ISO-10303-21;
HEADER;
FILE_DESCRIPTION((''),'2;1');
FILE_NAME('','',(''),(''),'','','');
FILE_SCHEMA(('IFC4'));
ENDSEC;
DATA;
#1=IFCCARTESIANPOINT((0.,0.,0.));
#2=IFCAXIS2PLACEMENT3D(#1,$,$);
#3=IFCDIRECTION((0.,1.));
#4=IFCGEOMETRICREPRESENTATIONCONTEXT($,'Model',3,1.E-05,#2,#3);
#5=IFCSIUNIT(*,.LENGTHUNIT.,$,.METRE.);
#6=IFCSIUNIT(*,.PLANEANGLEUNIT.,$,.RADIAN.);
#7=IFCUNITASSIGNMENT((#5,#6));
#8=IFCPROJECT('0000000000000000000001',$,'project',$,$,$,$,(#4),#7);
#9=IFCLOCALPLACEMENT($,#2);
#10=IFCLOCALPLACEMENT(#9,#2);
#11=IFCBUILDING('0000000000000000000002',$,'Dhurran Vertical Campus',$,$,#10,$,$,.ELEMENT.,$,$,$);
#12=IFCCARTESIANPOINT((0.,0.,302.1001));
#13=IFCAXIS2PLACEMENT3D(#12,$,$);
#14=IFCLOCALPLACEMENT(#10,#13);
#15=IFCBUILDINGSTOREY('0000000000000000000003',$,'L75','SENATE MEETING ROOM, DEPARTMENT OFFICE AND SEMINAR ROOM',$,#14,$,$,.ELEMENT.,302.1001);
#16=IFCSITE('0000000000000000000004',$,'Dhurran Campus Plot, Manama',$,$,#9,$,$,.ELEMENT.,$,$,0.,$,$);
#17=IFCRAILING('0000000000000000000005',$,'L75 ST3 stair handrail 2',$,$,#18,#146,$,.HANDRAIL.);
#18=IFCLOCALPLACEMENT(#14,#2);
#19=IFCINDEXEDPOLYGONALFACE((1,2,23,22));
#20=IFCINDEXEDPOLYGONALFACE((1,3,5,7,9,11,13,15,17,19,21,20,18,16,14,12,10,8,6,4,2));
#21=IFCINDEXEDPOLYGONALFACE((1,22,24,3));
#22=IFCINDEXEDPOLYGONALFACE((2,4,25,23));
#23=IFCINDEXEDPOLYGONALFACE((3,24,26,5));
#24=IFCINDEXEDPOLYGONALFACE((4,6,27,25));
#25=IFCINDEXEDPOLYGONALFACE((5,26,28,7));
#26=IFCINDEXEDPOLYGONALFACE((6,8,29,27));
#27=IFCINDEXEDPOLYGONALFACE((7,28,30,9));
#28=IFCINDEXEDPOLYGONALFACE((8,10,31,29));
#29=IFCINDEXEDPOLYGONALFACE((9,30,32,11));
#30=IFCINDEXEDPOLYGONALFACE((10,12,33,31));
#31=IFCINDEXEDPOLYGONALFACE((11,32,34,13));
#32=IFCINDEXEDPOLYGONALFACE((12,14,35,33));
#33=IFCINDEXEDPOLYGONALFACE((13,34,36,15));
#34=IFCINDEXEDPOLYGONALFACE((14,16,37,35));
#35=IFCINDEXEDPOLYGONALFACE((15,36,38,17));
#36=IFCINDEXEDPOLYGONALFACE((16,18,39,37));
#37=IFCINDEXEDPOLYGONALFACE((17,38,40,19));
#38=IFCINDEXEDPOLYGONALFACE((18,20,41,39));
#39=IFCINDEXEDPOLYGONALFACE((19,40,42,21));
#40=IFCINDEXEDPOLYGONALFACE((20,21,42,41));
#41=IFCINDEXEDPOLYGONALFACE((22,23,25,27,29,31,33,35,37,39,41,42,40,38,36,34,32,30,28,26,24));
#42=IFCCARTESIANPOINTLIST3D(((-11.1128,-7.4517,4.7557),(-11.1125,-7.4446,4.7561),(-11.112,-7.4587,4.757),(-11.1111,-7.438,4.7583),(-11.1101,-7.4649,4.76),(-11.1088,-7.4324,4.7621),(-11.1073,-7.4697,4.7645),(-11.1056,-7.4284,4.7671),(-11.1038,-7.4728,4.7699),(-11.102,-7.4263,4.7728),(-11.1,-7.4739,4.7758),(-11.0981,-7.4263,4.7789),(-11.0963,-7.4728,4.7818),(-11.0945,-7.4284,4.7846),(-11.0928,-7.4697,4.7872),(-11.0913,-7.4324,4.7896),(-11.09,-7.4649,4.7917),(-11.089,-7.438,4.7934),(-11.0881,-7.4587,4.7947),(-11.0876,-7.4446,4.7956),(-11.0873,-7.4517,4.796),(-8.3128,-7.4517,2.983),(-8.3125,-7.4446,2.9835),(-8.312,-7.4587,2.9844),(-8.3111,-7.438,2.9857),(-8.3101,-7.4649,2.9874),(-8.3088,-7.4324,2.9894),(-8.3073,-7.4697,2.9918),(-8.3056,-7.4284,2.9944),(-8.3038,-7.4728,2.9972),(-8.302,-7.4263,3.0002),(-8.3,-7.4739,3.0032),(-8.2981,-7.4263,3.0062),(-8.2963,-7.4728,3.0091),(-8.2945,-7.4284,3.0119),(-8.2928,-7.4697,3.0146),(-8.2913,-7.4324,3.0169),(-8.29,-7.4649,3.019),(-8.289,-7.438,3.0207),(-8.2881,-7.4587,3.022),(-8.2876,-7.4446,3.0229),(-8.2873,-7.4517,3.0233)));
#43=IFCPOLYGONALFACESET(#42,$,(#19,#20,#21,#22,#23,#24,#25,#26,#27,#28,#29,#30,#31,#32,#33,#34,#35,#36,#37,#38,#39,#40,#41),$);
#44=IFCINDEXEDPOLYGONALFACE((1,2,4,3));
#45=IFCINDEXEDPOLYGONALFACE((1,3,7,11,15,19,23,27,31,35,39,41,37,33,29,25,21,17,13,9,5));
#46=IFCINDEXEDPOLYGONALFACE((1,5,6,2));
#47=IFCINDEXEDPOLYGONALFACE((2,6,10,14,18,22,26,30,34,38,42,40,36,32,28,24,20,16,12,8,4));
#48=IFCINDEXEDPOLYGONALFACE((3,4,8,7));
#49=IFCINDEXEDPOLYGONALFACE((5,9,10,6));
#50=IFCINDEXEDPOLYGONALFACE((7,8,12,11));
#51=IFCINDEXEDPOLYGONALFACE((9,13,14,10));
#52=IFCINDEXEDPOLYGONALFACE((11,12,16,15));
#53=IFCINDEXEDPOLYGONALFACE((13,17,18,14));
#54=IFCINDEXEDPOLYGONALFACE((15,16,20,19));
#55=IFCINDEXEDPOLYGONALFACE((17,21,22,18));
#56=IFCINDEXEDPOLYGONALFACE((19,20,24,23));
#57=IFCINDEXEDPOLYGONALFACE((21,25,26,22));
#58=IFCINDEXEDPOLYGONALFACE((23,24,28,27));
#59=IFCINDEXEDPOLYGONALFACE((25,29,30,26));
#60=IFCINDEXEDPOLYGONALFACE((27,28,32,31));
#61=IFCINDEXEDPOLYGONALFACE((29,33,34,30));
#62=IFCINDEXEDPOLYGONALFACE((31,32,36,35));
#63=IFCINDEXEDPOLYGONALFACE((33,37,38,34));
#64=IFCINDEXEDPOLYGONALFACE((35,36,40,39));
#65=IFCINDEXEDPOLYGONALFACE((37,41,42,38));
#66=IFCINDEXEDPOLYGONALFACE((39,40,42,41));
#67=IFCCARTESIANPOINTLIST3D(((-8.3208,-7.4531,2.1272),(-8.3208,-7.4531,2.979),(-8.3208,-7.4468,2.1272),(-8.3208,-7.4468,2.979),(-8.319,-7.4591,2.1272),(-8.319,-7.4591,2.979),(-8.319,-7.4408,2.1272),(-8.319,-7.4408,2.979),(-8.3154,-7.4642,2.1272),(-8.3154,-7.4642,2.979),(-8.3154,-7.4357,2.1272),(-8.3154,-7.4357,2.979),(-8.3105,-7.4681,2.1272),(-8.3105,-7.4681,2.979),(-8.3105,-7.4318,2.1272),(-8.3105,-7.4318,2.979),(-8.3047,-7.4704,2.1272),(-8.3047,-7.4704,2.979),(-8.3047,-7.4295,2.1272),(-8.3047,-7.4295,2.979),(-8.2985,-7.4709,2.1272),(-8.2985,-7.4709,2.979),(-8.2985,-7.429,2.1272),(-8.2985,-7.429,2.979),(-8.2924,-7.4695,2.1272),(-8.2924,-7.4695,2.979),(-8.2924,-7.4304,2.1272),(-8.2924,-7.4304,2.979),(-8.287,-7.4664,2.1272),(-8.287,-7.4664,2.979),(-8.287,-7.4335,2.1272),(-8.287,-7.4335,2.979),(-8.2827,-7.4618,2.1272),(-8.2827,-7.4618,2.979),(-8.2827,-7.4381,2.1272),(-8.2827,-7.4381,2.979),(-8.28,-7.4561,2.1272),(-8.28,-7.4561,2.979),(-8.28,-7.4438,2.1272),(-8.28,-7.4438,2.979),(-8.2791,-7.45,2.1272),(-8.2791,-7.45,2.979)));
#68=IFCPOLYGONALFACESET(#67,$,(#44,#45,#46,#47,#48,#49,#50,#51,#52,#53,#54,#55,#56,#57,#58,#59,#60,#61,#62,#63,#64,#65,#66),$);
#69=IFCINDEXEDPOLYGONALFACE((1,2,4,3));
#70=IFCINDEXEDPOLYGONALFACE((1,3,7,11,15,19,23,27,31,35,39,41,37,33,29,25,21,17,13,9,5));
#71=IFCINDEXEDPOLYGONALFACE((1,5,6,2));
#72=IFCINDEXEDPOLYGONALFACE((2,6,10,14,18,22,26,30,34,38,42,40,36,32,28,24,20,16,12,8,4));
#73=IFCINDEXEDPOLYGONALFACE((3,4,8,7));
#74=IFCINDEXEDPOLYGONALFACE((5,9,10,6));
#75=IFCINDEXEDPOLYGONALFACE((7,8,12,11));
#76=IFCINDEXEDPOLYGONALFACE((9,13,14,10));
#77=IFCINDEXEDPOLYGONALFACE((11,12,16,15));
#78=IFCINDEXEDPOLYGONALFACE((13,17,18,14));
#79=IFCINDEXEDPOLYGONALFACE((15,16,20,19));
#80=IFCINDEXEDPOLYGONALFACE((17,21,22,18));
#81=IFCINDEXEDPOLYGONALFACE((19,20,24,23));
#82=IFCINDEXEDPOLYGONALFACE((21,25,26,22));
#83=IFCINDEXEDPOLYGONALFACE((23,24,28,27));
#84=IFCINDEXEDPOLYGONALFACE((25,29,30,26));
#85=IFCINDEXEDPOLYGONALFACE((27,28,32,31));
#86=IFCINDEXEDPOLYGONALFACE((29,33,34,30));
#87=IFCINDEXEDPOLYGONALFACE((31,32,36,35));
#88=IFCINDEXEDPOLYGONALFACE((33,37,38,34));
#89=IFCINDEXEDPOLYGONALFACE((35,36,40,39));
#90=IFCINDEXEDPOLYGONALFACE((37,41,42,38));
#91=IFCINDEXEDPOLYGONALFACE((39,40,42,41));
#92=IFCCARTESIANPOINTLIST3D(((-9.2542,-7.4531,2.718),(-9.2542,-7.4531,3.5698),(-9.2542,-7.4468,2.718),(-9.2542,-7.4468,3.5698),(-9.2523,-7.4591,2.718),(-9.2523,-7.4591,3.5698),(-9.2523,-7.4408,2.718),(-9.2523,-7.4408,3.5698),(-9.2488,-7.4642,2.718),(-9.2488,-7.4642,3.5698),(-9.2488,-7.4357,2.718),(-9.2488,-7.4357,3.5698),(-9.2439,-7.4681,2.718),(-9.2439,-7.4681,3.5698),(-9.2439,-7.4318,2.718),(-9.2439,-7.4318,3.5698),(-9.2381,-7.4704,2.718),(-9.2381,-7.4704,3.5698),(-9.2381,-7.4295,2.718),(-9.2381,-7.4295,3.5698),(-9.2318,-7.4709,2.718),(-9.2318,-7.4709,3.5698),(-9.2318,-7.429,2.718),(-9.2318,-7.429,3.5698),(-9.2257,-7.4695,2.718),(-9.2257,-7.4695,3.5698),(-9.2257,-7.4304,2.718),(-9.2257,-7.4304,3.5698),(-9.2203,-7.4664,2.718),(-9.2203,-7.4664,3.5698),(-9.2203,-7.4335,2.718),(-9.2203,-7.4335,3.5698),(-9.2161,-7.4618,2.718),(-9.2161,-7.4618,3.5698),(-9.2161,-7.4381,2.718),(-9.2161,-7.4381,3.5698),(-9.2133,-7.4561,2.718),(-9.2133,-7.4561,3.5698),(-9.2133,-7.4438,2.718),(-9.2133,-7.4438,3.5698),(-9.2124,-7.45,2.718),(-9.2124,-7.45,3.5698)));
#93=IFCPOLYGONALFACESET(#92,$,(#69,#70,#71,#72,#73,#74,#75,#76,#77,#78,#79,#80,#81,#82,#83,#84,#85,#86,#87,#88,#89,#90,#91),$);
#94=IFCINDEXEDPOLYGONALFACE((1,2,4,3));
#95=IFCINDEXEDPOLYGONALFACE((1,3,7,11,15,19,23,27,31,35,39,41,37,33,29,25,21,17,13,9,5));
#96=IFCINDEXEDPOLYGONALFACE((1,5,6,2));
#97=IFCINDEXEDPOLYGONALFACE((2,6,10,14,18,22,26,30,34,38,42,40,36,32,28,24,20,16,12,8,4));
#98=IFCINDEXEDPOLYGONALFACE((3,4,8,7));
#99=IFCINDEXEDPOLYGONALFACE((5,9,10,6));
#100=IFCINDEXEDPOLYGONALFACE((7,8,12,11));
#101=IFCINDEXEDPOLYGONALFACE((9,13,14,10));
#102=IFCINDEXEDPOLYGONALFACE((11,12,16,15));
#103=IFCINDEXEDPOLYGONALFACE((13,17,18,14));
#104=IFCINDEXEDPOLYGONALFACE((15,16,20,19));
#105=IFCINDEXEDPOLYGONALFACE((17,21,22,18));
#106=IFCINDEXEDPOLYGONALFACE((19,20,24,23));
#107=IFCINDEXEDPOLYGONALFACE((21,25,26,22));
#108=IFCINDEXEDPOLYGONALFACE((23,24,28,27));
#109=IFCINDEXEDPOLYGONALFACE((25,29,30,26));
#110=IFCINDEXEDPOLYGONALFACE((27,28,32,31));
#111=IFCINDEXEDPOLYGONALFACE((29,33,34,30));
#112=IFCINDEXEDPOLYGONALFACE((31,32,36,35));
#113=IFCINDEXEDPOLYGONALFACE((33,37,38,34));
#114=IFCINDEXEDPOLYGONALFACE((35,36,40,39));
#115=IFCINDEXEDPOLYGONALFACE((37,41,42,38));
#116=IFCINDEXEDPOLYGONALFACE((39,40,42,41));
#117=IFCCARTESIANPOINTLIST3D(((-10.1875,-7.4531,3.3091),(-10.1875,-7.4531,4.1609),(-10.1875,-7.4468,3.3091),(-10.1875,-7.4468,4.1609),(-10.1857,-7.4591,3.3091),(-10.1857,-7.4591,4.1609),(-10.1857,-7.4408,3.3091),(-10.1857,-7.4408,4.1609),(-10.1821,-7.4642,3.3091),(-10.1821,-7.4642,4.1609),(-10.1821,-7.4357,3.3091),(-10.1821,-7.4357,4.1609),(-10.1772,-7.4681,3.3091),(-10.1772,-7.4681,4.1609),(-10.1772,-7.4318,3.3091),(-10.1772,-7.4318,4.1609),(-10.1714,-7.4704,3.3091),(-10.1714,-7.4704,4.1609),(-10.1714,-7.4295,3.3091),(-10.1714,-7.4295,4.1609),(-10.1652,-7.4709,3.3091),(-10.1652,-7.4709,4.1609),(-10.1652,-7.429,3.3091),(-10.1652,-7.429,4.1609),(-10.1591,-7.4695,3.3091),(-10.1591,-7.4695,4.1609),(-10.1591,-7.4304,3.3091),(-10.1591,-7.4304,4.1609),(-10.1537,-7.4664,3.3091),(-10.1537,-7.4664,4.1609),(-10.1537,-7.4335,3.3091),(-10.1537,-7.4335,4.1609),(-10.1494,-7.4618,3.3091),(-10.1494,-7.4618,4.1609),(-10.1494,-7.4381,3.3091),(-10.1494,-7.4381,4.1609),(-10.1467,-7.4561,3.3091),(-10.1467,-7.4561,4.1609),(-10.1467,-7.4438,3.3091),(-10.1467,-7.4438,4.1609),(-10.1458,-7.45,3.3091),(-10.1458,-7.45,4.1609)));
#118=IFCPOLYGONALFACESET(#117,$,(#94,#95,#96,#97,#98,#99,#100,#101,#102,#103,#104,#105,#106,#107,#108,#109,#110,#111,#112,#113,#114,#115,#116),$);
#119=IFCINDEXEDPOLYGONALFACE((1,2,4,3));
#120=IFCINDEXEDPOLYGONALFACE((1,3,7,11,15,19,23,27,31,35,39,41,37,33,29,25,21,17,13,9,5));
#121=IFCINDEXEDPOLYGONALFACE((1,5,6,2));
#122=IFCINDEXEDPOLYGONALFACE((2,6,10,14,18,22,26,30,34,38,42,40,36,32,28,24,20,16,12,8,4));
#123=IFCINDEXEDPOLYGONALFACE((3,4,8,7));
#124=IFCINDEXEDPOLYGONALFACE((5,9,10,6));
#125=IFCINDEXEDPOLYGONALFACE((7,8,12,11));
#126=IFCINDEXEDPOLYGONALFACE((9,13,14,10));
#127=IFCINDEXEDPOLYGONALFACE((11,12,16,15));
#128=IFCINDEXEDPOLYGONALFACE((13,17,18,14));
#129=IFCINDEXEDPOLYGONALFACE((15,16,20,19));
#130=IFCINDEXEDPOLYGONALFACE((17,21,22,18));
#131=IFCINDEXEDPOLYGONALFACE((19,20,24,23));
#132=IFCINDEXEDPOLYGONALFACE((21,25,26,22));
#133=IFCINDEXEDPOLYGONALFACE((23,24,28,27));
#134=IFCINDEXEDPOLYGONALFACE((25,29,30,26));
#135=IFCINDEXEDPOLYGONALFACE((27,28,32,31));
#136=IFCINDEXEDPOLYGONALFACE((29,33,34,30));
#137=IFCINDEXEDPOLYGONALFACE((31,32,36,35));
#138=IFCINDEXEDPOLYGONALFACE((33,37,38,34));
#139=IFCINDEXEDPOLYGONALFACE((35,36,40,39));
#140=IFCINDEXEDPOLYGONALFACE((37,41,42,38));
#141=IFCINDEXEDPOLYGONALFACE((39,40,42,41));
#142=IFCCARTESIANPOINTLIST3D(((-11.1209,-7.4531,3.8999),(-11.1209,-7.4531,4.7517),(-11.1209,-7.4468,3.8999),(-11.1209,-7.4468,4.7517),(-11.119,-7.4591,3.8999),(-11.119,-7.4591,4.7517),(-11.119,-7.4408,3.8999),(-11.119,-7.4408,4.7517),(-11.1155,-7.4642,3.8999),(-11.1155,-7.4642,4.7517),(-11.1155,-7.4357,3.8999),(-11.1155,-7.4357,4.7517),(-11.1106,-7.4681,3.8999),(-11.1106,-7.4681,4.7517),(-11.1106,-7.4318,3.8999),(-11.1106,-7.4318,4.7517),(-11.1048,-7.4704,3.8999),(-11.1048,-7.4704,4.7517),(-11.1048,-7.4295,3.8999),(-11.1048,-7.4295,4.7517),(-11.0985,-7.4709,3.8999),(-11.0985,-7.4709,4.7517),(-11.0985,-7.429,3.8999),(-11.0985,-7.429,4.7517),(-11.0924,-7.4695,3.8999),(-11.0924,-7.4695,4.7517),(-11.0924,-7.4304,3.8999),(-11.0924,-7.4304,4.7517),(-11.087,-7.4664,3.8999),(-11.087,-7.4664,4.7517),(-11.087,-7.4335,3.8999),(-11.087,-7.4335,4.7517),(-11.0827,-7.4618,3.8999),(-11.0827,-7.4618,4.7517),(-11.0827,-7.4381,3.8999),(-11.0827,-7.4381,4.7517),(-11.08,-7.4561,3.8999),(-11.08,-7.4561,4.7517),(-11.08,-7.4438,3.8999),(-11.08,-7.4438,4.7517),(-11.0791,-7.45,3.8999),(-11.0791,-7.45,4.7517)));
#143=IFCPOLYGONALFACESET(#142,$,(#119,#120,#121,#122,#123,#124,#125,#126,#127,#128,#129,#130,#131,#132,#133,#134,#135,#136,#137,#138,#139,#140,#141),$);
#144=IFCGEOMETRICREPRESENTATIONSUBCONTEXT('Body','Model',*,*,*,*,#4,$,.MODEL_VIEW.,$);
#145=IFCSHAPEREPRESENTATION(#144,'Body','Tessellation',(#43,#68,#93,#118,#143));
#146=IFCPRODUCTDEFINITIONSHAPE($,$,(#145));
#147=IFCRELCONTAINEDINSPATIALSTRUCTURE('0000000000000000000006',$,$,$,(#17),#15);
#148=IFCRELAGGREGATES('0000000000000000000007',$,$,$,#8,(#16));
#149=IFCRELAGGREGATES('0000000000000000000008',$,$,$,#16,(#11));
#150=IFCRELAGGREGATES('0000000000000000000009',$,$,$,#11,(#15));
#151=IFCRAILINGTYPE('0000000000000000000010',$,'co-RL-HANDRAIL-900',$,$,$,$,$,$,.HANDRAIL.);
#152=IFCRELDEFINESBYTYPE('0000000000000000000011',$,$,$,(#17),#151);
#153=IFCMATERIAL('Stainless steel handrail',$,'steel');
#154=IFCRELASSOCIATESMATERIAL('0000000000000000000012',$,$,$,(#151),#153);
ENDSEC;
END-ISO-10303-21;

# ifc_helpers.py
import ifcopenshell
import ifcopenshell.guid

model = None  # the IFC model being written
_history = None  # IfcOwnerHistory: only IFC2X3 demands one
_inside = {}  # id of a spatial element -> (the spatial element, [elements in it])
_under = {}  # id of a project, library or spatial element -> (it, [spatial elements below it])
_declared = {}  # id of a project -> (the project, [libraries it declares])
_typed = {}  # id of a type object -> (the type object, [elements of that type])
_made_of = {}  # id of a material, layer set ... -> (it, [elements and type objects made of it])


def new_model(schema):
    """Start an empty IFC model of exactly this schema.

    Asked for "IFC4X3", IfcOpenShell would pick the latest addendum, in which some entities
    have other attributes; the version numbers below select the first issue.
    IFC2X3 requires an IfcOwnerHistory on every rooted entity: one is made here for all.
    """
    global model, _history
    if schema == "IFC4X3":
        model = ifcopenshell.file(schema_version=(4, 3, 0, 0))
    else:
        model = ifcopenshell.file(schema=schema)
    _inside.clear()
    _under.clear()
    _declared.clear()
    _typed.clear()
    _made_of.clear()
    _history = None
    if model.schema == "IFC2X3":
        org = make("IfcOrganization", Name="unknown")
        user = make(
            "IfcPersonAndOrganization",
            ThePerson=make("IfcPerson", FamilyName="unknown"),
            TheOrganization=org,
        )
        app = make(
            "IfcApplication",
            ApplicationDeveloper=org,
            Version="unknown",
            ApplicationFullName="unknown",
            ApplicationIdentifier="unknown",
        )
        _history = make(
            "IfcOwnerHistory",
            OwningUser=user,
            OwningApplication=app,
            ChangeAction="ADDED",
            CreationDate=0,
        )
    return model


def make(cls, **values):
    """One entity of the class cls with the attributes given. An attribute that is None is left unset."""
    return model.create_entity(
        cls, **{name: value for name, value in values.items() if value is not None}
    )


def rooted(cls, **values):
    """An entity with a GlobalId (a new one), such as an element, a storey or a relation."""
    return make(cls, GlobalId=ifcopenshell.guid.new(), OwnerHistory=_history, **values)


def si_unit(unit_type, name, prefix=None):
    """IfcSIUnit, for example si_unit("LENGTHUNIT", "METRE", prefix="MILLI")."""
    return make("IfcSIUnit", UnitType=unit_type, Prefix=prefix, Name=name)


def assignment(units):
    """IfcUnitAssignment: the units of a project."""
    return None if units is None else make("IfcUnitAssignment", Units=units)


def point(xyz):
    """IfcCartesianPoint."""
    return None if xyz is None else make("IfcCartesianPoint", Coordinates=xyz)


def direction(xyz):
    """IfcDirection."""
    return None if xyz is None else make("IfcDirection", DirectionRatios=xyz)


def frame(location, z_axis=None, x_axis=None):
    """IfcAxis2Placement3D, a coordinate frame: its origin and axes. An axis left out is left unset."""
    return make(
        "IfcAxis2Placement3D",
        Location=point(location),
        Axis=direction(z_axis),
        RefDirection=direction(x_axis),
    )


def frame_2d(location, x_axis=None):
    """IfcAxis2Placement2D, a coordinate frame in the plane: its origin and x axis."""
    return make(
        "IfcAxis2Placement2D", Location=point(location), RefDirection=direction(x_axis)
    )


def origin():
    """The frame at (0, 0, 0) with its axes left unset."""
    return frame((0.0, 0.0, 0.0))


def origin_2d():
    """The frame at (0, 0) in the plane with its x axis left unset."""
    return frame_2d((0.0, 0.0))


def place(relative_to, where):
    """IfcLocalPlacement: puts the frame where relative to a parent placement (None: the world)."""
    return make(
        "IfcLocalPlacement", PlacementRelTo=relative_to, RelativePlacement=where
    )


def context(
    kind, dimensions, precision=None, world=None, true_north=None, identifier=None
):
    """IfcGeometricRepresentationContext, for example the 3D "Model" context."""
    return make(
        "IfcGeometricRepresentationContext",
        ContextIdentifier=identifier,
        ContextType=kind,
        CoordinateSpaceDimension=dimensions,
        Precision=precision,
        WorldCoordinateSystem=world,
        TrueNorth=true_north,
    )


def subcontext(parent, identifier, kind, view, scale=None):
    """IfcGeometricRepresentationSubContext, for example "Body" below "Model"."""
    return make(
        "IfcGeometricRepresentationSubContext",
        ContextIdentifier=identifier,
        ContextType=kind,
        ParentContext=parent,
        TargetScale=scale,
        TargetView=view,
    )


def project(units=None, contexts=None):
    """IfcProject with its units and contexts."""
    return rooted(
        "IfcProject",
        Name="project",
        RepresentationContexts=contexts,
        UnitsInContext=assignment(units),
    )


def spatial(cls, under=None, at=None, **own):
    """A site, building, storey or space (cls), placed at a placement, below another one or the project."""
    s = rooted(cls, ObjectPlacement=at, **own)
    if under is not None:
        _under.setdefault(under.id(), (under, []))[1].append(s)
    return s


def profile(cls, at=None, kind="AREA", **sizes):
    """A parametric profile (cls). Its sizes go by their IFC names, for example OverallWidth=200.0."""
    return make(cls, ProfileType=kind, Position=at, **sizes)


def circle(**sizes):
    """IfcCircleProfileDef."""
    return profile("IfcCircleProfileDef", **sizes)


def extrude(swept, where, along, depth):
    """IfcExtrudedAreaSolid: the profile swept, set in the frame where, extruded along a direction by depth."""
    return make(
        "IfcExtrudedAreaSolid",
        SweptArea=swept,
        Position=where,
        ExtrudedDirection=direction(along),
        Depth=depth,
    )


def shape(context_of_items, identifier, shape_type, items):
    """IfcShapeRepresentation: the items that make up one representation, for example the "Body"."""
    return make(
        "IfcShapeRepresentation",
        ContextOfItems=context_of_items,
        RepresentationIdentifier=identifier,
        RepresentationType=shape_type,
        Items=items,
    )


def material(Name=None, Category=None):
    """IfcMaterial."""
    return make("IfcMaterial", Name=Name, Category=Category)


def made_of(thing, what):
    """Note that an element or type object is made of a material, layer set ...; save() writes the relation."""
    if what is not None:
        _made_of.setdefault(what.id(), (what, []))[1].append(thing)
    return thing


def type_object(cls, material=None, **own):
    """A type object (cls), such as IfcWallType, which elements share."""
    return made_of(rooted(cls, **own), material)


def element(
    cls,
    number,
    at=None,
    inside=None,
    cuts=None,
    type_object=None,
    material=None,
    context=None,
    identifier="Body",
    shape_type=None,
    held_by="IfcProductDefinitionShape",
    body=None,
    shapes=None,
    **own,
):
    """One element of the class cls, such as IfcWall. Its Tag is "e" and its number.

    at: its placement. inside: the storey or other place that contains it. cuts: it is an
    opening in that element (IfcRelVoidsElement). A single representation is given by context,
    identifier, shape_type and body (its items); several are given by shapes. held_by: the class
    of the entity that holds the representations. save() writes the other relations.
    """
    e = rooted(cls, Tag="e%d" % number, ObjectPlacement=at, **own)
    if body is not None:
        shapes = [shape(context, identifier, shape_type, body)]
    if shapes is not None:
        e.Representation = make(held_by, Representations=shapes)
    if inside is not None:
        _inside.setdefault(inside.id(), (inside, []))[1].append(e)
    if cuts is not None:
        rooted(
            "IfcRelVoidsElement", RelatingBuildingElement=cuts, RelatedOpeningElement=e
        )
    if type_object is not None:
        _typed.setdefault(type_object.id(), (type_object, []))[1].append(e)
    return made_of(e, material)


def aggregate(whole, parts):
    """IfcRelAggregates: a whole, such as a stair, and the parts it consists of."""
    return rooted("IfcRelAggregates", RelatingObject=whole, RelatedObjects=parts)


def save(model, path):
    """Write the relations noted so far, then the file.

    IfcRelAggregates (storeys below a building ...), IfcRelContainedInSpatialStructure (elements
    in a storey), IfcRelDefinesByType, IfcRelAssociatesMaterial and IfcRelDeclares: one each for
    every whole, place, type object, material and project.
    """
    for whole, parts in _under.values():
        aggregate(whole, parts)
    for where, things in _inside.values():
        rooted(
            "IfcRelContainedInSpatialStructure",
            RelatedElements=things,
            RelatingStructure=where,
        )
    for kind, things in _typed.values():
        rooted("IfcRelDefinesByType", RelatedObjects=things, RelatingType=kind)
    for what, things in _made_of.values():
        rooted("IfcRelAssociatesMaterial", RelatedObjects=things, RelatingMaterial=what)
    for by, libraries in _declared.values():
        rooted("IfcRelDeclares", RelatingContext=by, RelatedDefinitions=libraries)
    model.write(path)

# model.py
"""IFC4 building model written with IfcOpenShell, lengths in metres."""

from ifc_helpers import new_model, si_unit, direction, frame, origin, origin_2d, place, context, subcontext, project, spatial, circle, extrude, material, type_object, element, save


model = new_model("IFC4")

# Units and contexts
model_context = context("Model", 3, precision=1e-05, world=origin(), true_north=direction((0.0, 1.0)))
body_context = subcontext(model_context, "Body", "Model", "MODEL_VIEW")
ifc_project = project(units=[si_unit("LENGTHUNIT", "METRE"), si_unit("PLANEANGLEUNIT", "RADIAN")], contexts=[model_context])

# Site, building, storey
site_placement = place(None, origin())
site = spatial("IfcSite", under=ifc_project, at=site_placement, Name="Dhurran Campus Plot, Manama", CompositionType="ELEMENT", RefElevation=0.0)
building_placement = place(site_placement, origin())
building = spatial("IfcBuilding", under=site, at=building_placement, Name="Dhurran Vertical Campus", CompositionType="ELEMENT")
storey_placement = place(building_placement, frame((0.0, 0.0, 302.1001)))
storey = spatial("IfcBuildingStorey", under=building, at=storey_placement, Name="L75", Description="SENATE MEETING ROOM, DEPARTMENT OFFICE AND SEMINAR ROOM", CompositionType="ELEMENT", Elevation=302.1001)

# Railing
ifc_material_1 = material(Name="Stainless steel handrail", Category="steel")
railing_type_1 = type_object("IfcRailingType", Name="co-RL-HANDRAIL-900", PredefinedType="HANDRAIL", material=ifc_material_1)
railing_1_placement = place(storey_placement, frame((-8.3, -7.45, 2.1272)))
element("IfcRailing", 1, at=railing_1_placement, inside=storey, type_object=railing_type_1, Name="L75 ST3 stair handrail 2", PredefinedType="HANDRAIL", context=body_context, shape_type="SweptSolid", body=[
    extrude(circle(Radius=0.0239, at=origin_2d()), frame((0.0, 0.0, 0.876), z_axis=(-0.844909, 0.0, 0.53491), x_axis=(0.0, -1.0, 0.0)), (0.0, 0.0, 1.0), 3.314),
    extrude(circle(Radius=0.021, at=origin_2d()), origin(), (0.0, 0.0, 1.0), 0.8518),
    extrude(circle(Radius=0.021, at=origin_2d()), frame((-0.9333, 0.0, 0.5908)), (0.0, 0.0, 1.0), 0.8518),
    extrude(circle(Radius=0.021, at=origin_2d()), frame((-1.8667, 0.0, 1.1819)), (0.0, 0.0, 1.0), 0.8518),
    extrude(circle(Radius=0.021, at=origin_2d()), frame((-2.8, 0.0, 1.7727)), (0.0, 0.0, 1.0), 0.8518),
])

save(model, "model.ifc")
